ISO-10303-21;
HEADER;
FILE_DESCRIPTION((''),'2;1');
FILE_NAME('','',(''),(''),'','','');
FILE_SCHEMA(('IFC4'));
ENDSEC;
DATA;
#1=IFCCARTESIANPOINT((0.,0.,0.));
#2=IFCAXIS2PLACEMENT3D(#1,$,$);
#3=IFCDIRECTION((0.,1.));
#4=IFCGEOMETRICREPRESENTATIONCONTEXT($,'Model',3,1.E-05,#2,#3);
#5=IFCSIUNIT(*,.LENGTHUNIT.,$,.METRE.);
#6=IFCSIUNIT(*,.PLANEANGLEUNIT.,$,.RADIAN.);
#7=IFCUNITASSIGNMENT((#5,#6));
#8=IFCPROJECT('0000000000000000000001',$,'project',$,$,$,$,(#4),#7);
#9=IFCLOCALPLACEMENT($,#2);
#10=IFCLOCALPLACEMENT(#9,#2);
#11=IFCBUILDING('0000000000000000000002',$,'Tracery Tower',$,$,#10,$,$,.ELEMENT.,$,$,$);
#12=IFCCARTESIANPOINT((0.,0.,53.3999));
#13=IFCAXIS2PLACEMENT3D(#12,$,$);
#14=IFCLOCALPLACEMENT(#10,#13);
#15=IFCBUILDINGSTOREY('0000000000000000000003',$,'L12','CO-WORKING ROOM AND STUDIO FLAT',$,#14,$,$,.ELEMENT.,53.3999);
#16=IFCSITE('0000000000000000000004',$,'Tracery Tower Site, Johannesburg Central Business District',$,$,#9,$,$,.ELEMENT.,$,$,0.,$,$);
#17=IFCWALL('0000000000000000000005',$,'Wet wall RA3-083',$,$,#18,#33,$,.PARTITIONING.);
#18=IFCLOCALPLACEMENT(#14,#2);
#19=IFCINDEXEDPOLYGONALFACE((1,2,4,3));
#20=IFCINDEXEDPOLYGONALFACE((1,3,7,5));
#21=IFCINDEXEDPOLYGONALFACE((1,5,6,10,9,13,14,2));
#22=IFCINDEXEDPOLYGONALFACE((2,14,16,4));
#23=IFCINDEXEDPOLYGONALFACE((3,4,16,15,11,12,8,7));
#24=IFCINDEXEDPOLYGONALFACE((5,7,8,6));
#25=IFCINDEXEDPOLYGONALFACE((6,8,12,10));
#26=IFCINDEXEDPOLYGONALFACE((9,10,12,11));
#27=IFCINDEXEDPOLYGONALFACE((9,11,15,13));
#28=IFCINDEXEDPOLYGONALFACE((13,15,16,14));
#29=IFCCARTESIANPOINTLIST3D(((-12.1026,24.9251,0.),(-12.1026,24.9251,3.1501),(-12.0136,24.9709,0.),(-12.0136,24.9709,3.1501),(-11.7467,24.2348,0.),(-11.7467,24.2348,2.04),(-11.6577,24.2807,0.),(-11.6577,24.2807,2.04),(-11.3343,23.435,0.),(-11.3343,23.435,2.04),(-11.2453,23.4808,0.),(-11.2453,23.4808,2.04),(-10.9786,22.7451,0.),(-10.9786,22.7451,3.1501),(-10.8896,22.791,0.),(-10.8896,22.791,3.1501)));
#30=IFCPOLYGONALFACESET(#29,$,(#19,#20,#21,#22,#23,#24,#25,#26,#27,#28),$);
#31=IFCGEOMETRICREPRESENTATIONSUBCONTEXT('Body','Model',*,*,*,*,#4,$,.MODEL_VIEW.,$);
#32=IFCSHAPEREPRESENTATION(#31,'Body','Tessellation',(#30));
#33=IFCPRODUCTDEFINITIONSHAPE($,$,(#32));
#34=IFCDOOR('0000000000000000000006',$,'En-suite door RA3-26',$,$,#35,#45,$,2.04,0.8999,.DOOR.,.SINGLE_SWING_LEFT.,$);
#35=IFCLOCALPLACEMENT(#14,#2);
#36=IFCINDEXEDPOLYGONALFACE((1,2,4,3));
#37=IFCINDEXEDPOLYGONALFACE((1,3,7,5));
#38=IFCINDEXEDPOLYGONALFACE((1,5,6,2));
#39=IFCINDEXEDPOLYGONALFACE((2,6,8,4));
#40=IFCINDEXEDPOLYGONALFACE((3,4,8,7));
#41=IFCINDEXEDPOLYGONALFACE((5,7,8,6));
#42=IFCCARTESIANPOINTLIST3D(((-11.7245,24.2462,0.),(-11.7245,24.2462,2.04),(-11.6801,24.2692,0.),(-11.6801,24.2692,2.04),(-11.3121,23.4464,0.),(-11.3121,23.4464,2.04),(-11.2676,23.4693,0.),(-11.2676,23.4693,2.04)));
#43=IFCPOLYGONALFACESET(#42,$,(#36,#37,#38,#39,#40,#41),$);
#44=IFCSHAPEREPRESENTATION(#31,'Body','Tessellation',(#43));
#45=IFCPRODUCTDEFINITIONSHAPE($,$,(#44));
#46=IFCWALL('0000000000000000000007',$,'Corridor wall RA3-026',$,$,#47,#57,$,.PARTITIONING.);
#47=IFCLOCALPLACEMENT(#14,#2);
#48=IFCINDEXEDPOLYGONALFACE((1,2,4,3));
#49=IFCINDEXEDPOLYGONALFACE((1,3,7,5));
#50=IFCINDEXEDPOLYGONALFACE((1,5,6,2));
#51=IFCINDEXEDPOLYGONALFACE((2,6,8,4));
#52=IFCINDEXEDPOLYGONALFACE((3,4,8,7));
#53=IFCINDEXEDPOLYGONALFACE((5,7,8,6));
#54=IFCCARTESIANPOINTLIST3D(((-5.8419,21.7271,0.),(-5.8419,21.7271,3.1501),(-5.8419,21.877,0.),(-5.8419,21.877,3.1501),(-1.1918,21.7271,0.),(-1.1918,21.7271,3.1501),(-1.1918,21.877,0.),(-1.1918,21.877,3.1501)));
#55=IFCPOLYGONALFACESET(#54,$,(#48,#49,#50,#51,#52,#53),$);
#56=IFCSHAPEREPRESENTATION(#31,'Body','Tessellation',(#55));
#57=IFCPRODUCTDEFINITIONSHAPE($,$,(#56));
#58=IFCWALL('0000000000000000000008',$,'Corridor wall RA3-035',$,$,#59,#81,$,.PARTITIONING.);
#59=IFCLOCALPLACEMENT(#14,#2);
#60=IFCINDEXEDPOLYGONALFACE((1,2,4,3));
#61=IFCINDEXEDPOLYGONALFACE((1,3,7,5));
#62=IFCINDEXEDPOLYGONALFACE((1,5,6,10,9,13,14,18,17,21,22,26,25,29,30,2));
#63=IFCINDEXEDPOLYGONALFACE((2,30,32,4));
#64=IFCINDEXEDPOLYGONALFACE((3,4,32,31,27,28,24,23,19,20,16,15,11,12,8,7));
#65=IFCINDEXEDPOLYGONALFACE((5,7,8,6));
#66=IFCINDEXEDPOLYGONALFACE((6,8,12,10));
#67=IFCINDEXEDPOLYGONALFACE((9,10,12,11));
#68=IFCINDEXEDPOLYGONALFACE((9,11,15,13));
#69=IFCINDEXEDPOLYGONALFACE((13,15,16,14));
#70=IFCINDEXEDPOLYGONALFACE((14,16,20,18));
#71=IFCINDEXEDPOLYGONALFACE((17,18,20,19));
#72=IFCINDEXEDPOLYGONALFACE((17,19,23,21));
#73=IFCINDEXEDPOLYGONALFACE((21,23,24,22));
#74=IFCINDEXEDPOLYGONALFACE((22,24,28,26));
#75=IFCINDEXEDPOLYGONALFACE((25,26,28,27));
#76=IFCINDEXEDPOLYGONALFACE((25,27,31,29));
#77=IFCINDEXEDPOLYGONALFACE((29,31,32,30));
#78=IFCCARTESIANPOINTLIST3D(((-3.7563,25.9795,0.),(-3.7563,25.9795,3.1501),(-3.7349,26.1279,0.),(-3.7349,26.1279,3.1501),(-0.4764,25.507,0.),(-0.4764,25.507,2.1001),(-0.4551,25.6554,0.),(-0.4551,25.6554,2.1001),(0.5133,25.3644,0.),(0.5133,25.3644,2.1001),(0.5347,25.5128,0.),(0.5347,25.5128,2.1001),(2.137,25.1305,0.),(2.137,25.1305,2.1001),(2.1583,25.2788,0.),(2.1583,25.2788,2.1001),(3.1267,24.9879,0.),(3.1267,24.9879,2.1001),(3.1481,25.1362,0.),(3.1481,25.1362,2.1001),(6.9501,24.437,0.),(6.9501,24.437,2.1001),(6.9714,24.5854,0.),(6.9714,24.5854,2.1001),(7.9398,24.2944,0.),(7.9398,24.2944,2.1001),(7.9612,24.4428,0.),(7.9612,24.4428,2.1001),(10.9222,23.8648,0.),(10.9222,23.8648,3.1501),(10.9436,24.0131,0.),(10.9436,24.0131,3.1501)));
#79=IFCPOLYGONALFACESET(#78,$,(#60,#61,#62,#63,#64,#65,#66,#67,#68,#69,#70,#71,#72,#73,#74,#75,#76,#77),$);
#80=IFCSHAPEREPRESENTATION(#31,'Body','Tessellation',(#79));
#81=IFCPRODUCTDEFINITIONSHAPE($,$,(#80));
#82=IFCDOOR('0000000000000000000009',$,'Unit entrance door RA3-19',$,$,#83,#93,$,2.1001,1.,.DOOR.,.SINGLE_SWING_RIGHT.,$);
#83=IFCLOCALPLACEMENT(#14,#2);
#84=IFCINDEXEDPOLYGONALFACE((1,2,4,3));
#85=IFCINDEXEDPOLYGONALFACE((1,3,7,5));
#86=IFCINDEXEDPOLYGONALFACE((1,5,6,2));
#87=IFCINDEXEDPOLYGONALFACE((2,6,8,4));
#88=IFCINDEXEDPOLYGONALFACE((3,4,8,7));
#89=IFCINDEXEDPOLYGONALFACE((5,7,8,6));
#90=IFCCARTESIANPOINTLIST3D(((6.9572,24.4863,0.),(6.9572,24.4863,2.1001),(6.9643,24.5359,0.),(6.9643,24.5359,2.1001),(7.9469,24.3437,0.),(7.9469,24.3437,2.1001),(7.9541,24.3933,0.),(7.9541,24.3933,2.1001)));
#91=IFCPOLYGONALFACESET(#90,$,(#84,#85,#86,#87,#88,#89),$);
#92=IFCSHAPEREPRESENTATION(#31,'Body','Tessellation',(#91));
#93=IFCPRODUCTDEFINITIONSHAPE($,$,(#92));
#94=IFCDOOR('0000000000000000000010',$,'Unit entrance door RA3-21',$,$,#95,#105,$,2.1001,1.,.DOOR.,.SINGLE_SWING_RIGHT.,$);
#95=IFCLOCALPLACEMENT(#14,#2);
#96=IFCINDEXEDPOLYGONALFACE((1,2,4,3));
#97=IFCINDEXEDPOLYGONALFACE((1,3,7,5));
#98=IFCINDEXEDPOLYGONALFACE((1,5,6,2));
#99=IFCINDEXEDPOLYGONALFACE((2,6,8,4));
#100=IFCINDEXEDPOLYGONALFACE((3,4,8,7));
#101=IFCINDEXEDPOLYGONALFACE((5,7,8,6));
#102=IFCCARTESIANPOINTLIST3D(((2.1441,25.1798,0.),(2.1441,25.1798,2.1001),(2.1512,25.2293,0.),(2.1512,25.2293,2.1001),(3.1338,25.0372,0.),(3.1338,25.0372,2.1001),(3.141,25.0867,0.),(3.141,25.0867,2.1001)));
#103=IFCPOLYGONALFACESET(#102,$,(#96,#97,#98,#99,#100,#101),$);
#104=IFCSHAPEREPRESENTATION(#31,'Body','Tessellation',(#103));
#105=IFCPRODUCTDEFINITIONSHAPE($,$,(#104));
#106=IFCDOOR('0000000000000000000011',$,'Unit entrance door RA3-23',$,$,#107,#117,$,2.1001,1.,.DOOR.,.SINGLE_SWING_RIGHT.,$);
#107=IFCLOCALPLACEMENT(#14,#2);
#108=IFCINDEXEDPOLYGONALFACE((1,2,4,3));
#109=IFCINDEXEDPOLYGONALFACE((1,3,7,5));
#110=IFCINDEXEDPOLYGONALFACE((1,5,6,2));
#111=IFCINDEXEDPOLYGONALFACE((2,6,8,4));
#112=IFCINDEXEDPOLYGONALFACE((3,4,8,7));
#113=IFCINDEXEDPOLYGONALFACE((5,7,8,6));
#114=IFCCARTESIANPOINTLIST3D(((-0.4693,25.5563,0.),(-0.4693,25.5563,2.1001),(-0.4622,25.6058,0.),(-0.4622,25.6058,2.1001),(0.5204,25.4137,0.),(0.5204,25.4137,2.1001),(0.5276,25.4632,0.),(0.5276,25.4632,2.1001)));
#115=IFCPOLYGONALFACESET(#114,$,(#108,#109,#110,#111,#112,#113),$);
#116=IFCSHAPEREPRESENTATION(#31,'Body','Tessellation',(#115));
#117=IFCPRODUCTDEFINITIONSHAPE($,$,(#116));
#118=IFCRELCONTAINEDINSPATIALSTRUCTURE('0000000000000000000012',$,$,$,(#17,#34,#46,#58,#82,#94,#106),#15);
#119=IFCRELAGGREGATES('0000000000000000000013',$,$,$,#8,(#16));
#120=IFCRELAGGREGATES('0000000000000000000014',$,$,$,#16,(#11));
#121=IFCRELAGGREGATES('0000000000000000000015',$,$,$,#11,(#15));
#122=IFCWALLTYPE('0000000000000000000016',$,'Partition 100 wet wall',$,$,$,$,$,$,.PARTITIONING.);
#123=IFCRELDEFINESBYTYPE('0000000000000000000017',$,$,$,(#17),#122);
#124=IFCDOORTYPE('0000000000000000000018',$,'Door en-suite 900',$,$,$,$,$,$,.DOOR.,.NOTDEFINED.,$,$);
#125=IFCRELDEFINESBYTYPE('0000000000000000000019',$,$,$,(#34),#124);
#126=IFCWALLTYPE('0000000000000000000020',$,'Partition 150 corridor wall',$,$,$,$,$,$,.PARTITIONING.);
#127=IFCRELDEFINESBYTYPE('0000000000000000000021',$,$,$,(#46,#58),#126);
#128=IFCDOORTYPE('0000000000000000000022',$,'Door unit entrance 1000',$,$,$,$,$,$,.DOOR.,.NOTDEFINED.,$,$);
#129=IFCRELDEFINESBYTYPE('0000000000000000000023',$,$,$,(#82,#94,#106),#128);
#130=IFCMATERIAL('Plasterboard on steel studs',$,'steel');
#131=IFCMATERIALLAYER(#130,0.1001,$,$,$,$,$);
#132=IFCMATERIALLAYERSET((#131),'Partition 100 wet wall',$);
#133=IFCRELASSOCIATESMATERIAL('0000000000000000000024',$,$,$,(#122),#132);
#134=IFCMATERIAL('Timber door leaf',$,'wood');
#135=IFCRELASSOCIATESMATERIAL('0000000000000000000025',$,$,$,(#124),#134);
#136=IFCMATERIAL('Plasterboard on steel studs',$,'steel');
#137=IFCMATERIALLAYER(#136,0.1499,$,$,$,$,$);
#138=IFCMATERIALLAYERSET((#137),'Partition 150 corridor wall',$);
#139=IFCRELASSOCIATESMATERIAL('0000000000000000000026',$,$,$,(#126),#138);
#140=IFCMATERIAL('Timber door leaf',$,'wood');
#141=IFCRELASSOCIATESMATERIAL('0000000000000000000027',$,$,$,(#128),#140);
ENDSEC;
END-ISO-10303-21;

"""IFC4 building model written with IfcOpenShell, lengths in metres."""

from ifc_helpers import new_model, si_unit, direction, frame, frame_2d, origin, place, context, subcontext, project, spatial, rectangle, extrude, material, layer, layer_set, type_object, element, fill, save


model = new_model("IFC4")

# Units and contexts
model_context = context("Model", 3, precision=1e-05, world=origin(), true_north=direction((0.0, 1.0)))
body_context = subcontext(model_context, "Body", "Model", "MODEL_VIEW")
ifc_project = project(units=[si_unit("LENGTHUNIT", "METRE"), si_unit("PLANEANGLEUNIT", "RADIAN")], contexts=[model_context])

# Site, building, storey
site_placement = place(None, origin())
site = spatial("IfcSite", under=ifc_project, at=site_placement, Name="Tracery Tower Site, Johannesburg Central Business District", CompositionType="ELEMENT", RefElevation=0.0)
building_placement = place(site_placement, origin())
building = spatial("IfcBuilding", under=site, at=building_placement, Name="Tracery Tower", CompositionType="ELEMENT")
storey_placement = place(building_placement, frame((0.0, 0.0, 53.3999)))
storey = spatial("IfcBuildingStorey", under=building, at=storey_placement, Name="L12", Description="CO-WORKING ROOM AND STUDIO FLAT", CompositionType="ELEMENT", Elevation=53.3999)

# Shared definitions
ifc_material_1 = material(Name="Plasterboard on steel studs", Category="steel")
ifc_layer_1 = layer(ifc_material_1, 0.1001)
ifc_layer_set_1 = layer_set([ifc_layer_1], Name="Partition 100 wet wall")
wall_type_1 = type_object("IfcWallType", Name="Partition 100 wet wall", PredefinedType="PARTITIONING", material=ifc_layer_set_1)

# Shared definitions
ifc_material_2 = material(Name="Timber door leaf", Category="wood")
door_type_1 = type_object("IfcDoorType", Name="Door en-suite 900", OperationType="NOTDEFINED", PredefinedType="DOOR", material=ifc_material_2)

# Wall, opening, door
wall_1_placement = place(storey_placement, frame((-12.0581, 24.948, 0.0), z_axis=(0.0, 0.0, 1.0), x_axis=(0.458288, -0.888804, 0.0)))
wall_1 = element("IfcWall", 1, at=wall_1_placement, inside=storey, type_object=wall_type_1, Name="Wet wall RA3-083", PredefinedType="PARTITIONING", context=body_context, shape_type="SweptSolid", body=[
    extrude(rectangle(XDim=2.4526, YDim=0.1001, at=frame_2d((1.2263, 0.0))), origin(), (0.0, 0.0, 1.0), 3.1501),
])
opening_1_placement = place(wall_1_placement, frame((0.7766, 0.0, 0.0)))
opening_1 = element("IfcOpeningElement", 2, at=opening_1_placement, cuts=wall_1, PredefinedType="OPENING", context=body_context, shape_type="SweptSolid", body=[
    extrude(rectangle(XDim=0.8999, YDim=2.04, at=frame_2d((0.45, 1.02))), frame((0.0, 0.05, 0.0), z_axis=(0.0, -1.0, 0.0), x_axis=(1.0, 0.0, 0.0)), (0.0, 0.0, 1.0), 0.1001),
])
door_1_placement = place(opening_1_placement, origin())
door_1 = element("IfcDoor", 3, at=door_1_placement, inside=storey, type_object=door_type_1, Name="En-suite door RA3-26", OperationType="SINGLE_SWING_LEFT", OverallHeight=2.04, OverallWidth=0.8999, PredefinedType="DOOR", context=body_context, shape_type="SweptSolid", body=[
    extrude(rectangle(XDim=0.8999, YDim=2.04, at=frame_2d((0.45, 1.02))), frame((0.0, 0.0249, 0.0), z_axis=(0.0, -1.0, 0.0), x_axis=(1.0, 0.0, 0.0)), (0.0, 0.0, 1.0), 0.05),
])
fill(opening_1, door_1)

# Wall
ifc_material_3 = material(Name="Plasterboard on steel studs", Category="steel")
ifc_layer_2 = layer(ifc_material_3, 0.1499)
ifc_layer_set_2 = layer_set([ifc_layer_2], Name="Partition 150 corridor wall")
wall_type_2 = type_object("IfcWallType", Name="Partition 150 corridor wall", PredefinedType="PARTITIONING", material=ifc_layer_set_2)
wall_2_placement = place(storey_placement, frame((-5.842, 21.802, 0.0), z_axis=(0.0, 0.0, 1.0), x_axis=(1.0, 0.0, 0.0)))
element("IfcWall", 4, at=wall_2_placement, inside=storey, type_object=wall_type_2, Name="Corridor wall RA3-026", PredefinedType="PARTITIONING", context=body_context, shape_type="SweptSolid", body=[
    extrude(rectangle(XDim=4.6501, YDim=0.1499, at=frame_2d((2.3252, 0.0))), origin(), (0.0, 0.0, 1.0), 3.1501),
])

# Wall, openings, doors
wall_3_placement = place(storey_placement, frame((-3.7456, 26.0537, 0.0), z_axis=(0.0, 0.0, 1.0), x_axis=(0.989781, -0.142599, 0.0)))
wall_3 = element("IfcWall", 5, at=wall_3_placement, inside=storey, type_object=wall_type_2, Name="Corridor wall RA3-035", PredefinedType="PARTITIONING", context=body_context, shape_type="SweptSolid", body=[
    extrude(rectangle(XDim=14.8301, YDim=0.1499, at=frame_2d((7.415, 0.0))), origin(), (0.0, 0.0, 1.0), 3.1501),
])
opening_2_placement = place(wall_3_placement, frame((10.8169, 0.0, 0.0)))
opening_2 = element("IfcOpeningElement", 6, at=opening_2_placement, cuts=wall_3, PredefinedType="OPENING", context=body_context, shape_type="SweptSolid", body=[
    extrude(rectangle(XDim=1.0, YDim=2.1001, at=frame_2d((0.5, 1.05))), frame((0.0, 0.075, 0.0), z_axis=(0.0, -1.0, 0.0), x_axis=(1.0, 0.0, 0.0)), (0.0, 0.0, 1.0), 0.1499),
])
opening_3_placement = place(wall_3_placement, frame((5.9541, 0.0, 0.0)))
opening_3 = element("IfcOpeningElement", 7, at=opening_3_placement, cuts=wall_3, PredefinedType="OPENING", context=body_context, shape_type="SweptSolid", body=[
    extrude(rectangle(XDim=1.0, YDim=2.1001, at=frame_2d((0.5, 1.05))), frame((0.0, 0.075, 0.0), z_axis=(0.0, -1.0, 0.0), x_axis=(1.0, 0.0, 0.0)), (0.0, 0.0, 1.0), 0.1499),
])
opening_4_placement = place(wall_3_placement, frame((3.3137, 0.0, 0.0)))
opening_4 = element("IfcOpeningElement", 8, at=opening_4_placement, cuts=wall_3, PredefinedType="OPENING", context=body_context, shape_type="SweptSolid", body=[
    extrude(rectangle(XDim=1.0, YDim=2.1001, at=frame_2d((0.5, 1.05))), frame((0.0, 0.075, 0.0), z_axis=(0.0, -1.0, 0.0), x_axis=(1.0, 0.0, 0.0)), (0.0, 0.0, 1.0), 0.1499),
])
ifc_material_4 = material(Name="Timber door leaf", Category="wood")
door_type_2 = type_object("IfcDoorType", Name="Door unit entrance 1000", OperationType="NOTDEFINED", PredefinedType="DOOR", material=ifc_material_4)
door_2_placement = place(opening_2_placement, origin())
door_2 = element("IfcDoor", 9, at=door_2_placement, inside=storey, type_object=door_type_2, Name="Unit entrance door RA3-19", OperationType="SINGLE_SWING_RIGHT", OverallHeight=2.1001, OverallWidth=1.0, PredefinedType="DOOR", context=body_context, shape_type="SweptSolid", body=[
    extrude(rectangle(XDim=1.0, YDim=2.1001, at=frame_2d((0.5, 1.05))), frame((0.0, 0.0249, 0.0), z_axis=(0.0, -1.0, 0.0), x_axis=(1.0, 0.0, 0.0)), (0.0, 0.0, 1.0), 0.05),
])
fill(opening_2, door_2)
door_3_placement = place(opening_3_placement, origin())
door_3 = element("IfcDoor", 10, at=door_3_placement, inside=storey, type_object=door_type_2, Name="Unit entrance door RA3-21", OperationType="SINGLE_SWING_RIGHT", OverallHeight=2.1001, OverallWidth=1.0, PredefinedType="DOOR", context=body_context, shape_type="SweptSolid", body=[
    extrude(rectangle(XDim=1.0, YDim=2.1001, at=frame_2d((0.5, 1.05))), frame((0.0, 0.0249, 0.0), z_axis=(0.0, -1.0, 0.0), x_axis=(1.0, 0.0, 0.0)), (0.0, 0.0, 1.0), 0.05),
])
fill(opening_3, door_3)
door_4_placement = place(opening_4_placement, origin())
door_4 = element("IfcDoor", 11, at=door_4_placement, inside=storey, type_object=door_type_2, Name="Unit entrance door RA3-23", OperationType="SINGLE_SWING_RIGHT", OverallHeight=2.1001, OverallWidth=1.0, PredefinedType="DOOR", context=body_context, shape_type="SweptSolid", body=[
    extrude(rectangle(XDim=1.0, YDim=2.1001, at=frame_2d((0.5, 1.05))), frame((0.0, 0.0249, 0.0), z_axis=(0.0, -1.0, 0.0), x_axis=(1.0, 0.0, 0.0)), (0.0, 0.0, 1.0), 0.05),
])
fill(opening_4, door_4)

save(model, "model.ifc")
